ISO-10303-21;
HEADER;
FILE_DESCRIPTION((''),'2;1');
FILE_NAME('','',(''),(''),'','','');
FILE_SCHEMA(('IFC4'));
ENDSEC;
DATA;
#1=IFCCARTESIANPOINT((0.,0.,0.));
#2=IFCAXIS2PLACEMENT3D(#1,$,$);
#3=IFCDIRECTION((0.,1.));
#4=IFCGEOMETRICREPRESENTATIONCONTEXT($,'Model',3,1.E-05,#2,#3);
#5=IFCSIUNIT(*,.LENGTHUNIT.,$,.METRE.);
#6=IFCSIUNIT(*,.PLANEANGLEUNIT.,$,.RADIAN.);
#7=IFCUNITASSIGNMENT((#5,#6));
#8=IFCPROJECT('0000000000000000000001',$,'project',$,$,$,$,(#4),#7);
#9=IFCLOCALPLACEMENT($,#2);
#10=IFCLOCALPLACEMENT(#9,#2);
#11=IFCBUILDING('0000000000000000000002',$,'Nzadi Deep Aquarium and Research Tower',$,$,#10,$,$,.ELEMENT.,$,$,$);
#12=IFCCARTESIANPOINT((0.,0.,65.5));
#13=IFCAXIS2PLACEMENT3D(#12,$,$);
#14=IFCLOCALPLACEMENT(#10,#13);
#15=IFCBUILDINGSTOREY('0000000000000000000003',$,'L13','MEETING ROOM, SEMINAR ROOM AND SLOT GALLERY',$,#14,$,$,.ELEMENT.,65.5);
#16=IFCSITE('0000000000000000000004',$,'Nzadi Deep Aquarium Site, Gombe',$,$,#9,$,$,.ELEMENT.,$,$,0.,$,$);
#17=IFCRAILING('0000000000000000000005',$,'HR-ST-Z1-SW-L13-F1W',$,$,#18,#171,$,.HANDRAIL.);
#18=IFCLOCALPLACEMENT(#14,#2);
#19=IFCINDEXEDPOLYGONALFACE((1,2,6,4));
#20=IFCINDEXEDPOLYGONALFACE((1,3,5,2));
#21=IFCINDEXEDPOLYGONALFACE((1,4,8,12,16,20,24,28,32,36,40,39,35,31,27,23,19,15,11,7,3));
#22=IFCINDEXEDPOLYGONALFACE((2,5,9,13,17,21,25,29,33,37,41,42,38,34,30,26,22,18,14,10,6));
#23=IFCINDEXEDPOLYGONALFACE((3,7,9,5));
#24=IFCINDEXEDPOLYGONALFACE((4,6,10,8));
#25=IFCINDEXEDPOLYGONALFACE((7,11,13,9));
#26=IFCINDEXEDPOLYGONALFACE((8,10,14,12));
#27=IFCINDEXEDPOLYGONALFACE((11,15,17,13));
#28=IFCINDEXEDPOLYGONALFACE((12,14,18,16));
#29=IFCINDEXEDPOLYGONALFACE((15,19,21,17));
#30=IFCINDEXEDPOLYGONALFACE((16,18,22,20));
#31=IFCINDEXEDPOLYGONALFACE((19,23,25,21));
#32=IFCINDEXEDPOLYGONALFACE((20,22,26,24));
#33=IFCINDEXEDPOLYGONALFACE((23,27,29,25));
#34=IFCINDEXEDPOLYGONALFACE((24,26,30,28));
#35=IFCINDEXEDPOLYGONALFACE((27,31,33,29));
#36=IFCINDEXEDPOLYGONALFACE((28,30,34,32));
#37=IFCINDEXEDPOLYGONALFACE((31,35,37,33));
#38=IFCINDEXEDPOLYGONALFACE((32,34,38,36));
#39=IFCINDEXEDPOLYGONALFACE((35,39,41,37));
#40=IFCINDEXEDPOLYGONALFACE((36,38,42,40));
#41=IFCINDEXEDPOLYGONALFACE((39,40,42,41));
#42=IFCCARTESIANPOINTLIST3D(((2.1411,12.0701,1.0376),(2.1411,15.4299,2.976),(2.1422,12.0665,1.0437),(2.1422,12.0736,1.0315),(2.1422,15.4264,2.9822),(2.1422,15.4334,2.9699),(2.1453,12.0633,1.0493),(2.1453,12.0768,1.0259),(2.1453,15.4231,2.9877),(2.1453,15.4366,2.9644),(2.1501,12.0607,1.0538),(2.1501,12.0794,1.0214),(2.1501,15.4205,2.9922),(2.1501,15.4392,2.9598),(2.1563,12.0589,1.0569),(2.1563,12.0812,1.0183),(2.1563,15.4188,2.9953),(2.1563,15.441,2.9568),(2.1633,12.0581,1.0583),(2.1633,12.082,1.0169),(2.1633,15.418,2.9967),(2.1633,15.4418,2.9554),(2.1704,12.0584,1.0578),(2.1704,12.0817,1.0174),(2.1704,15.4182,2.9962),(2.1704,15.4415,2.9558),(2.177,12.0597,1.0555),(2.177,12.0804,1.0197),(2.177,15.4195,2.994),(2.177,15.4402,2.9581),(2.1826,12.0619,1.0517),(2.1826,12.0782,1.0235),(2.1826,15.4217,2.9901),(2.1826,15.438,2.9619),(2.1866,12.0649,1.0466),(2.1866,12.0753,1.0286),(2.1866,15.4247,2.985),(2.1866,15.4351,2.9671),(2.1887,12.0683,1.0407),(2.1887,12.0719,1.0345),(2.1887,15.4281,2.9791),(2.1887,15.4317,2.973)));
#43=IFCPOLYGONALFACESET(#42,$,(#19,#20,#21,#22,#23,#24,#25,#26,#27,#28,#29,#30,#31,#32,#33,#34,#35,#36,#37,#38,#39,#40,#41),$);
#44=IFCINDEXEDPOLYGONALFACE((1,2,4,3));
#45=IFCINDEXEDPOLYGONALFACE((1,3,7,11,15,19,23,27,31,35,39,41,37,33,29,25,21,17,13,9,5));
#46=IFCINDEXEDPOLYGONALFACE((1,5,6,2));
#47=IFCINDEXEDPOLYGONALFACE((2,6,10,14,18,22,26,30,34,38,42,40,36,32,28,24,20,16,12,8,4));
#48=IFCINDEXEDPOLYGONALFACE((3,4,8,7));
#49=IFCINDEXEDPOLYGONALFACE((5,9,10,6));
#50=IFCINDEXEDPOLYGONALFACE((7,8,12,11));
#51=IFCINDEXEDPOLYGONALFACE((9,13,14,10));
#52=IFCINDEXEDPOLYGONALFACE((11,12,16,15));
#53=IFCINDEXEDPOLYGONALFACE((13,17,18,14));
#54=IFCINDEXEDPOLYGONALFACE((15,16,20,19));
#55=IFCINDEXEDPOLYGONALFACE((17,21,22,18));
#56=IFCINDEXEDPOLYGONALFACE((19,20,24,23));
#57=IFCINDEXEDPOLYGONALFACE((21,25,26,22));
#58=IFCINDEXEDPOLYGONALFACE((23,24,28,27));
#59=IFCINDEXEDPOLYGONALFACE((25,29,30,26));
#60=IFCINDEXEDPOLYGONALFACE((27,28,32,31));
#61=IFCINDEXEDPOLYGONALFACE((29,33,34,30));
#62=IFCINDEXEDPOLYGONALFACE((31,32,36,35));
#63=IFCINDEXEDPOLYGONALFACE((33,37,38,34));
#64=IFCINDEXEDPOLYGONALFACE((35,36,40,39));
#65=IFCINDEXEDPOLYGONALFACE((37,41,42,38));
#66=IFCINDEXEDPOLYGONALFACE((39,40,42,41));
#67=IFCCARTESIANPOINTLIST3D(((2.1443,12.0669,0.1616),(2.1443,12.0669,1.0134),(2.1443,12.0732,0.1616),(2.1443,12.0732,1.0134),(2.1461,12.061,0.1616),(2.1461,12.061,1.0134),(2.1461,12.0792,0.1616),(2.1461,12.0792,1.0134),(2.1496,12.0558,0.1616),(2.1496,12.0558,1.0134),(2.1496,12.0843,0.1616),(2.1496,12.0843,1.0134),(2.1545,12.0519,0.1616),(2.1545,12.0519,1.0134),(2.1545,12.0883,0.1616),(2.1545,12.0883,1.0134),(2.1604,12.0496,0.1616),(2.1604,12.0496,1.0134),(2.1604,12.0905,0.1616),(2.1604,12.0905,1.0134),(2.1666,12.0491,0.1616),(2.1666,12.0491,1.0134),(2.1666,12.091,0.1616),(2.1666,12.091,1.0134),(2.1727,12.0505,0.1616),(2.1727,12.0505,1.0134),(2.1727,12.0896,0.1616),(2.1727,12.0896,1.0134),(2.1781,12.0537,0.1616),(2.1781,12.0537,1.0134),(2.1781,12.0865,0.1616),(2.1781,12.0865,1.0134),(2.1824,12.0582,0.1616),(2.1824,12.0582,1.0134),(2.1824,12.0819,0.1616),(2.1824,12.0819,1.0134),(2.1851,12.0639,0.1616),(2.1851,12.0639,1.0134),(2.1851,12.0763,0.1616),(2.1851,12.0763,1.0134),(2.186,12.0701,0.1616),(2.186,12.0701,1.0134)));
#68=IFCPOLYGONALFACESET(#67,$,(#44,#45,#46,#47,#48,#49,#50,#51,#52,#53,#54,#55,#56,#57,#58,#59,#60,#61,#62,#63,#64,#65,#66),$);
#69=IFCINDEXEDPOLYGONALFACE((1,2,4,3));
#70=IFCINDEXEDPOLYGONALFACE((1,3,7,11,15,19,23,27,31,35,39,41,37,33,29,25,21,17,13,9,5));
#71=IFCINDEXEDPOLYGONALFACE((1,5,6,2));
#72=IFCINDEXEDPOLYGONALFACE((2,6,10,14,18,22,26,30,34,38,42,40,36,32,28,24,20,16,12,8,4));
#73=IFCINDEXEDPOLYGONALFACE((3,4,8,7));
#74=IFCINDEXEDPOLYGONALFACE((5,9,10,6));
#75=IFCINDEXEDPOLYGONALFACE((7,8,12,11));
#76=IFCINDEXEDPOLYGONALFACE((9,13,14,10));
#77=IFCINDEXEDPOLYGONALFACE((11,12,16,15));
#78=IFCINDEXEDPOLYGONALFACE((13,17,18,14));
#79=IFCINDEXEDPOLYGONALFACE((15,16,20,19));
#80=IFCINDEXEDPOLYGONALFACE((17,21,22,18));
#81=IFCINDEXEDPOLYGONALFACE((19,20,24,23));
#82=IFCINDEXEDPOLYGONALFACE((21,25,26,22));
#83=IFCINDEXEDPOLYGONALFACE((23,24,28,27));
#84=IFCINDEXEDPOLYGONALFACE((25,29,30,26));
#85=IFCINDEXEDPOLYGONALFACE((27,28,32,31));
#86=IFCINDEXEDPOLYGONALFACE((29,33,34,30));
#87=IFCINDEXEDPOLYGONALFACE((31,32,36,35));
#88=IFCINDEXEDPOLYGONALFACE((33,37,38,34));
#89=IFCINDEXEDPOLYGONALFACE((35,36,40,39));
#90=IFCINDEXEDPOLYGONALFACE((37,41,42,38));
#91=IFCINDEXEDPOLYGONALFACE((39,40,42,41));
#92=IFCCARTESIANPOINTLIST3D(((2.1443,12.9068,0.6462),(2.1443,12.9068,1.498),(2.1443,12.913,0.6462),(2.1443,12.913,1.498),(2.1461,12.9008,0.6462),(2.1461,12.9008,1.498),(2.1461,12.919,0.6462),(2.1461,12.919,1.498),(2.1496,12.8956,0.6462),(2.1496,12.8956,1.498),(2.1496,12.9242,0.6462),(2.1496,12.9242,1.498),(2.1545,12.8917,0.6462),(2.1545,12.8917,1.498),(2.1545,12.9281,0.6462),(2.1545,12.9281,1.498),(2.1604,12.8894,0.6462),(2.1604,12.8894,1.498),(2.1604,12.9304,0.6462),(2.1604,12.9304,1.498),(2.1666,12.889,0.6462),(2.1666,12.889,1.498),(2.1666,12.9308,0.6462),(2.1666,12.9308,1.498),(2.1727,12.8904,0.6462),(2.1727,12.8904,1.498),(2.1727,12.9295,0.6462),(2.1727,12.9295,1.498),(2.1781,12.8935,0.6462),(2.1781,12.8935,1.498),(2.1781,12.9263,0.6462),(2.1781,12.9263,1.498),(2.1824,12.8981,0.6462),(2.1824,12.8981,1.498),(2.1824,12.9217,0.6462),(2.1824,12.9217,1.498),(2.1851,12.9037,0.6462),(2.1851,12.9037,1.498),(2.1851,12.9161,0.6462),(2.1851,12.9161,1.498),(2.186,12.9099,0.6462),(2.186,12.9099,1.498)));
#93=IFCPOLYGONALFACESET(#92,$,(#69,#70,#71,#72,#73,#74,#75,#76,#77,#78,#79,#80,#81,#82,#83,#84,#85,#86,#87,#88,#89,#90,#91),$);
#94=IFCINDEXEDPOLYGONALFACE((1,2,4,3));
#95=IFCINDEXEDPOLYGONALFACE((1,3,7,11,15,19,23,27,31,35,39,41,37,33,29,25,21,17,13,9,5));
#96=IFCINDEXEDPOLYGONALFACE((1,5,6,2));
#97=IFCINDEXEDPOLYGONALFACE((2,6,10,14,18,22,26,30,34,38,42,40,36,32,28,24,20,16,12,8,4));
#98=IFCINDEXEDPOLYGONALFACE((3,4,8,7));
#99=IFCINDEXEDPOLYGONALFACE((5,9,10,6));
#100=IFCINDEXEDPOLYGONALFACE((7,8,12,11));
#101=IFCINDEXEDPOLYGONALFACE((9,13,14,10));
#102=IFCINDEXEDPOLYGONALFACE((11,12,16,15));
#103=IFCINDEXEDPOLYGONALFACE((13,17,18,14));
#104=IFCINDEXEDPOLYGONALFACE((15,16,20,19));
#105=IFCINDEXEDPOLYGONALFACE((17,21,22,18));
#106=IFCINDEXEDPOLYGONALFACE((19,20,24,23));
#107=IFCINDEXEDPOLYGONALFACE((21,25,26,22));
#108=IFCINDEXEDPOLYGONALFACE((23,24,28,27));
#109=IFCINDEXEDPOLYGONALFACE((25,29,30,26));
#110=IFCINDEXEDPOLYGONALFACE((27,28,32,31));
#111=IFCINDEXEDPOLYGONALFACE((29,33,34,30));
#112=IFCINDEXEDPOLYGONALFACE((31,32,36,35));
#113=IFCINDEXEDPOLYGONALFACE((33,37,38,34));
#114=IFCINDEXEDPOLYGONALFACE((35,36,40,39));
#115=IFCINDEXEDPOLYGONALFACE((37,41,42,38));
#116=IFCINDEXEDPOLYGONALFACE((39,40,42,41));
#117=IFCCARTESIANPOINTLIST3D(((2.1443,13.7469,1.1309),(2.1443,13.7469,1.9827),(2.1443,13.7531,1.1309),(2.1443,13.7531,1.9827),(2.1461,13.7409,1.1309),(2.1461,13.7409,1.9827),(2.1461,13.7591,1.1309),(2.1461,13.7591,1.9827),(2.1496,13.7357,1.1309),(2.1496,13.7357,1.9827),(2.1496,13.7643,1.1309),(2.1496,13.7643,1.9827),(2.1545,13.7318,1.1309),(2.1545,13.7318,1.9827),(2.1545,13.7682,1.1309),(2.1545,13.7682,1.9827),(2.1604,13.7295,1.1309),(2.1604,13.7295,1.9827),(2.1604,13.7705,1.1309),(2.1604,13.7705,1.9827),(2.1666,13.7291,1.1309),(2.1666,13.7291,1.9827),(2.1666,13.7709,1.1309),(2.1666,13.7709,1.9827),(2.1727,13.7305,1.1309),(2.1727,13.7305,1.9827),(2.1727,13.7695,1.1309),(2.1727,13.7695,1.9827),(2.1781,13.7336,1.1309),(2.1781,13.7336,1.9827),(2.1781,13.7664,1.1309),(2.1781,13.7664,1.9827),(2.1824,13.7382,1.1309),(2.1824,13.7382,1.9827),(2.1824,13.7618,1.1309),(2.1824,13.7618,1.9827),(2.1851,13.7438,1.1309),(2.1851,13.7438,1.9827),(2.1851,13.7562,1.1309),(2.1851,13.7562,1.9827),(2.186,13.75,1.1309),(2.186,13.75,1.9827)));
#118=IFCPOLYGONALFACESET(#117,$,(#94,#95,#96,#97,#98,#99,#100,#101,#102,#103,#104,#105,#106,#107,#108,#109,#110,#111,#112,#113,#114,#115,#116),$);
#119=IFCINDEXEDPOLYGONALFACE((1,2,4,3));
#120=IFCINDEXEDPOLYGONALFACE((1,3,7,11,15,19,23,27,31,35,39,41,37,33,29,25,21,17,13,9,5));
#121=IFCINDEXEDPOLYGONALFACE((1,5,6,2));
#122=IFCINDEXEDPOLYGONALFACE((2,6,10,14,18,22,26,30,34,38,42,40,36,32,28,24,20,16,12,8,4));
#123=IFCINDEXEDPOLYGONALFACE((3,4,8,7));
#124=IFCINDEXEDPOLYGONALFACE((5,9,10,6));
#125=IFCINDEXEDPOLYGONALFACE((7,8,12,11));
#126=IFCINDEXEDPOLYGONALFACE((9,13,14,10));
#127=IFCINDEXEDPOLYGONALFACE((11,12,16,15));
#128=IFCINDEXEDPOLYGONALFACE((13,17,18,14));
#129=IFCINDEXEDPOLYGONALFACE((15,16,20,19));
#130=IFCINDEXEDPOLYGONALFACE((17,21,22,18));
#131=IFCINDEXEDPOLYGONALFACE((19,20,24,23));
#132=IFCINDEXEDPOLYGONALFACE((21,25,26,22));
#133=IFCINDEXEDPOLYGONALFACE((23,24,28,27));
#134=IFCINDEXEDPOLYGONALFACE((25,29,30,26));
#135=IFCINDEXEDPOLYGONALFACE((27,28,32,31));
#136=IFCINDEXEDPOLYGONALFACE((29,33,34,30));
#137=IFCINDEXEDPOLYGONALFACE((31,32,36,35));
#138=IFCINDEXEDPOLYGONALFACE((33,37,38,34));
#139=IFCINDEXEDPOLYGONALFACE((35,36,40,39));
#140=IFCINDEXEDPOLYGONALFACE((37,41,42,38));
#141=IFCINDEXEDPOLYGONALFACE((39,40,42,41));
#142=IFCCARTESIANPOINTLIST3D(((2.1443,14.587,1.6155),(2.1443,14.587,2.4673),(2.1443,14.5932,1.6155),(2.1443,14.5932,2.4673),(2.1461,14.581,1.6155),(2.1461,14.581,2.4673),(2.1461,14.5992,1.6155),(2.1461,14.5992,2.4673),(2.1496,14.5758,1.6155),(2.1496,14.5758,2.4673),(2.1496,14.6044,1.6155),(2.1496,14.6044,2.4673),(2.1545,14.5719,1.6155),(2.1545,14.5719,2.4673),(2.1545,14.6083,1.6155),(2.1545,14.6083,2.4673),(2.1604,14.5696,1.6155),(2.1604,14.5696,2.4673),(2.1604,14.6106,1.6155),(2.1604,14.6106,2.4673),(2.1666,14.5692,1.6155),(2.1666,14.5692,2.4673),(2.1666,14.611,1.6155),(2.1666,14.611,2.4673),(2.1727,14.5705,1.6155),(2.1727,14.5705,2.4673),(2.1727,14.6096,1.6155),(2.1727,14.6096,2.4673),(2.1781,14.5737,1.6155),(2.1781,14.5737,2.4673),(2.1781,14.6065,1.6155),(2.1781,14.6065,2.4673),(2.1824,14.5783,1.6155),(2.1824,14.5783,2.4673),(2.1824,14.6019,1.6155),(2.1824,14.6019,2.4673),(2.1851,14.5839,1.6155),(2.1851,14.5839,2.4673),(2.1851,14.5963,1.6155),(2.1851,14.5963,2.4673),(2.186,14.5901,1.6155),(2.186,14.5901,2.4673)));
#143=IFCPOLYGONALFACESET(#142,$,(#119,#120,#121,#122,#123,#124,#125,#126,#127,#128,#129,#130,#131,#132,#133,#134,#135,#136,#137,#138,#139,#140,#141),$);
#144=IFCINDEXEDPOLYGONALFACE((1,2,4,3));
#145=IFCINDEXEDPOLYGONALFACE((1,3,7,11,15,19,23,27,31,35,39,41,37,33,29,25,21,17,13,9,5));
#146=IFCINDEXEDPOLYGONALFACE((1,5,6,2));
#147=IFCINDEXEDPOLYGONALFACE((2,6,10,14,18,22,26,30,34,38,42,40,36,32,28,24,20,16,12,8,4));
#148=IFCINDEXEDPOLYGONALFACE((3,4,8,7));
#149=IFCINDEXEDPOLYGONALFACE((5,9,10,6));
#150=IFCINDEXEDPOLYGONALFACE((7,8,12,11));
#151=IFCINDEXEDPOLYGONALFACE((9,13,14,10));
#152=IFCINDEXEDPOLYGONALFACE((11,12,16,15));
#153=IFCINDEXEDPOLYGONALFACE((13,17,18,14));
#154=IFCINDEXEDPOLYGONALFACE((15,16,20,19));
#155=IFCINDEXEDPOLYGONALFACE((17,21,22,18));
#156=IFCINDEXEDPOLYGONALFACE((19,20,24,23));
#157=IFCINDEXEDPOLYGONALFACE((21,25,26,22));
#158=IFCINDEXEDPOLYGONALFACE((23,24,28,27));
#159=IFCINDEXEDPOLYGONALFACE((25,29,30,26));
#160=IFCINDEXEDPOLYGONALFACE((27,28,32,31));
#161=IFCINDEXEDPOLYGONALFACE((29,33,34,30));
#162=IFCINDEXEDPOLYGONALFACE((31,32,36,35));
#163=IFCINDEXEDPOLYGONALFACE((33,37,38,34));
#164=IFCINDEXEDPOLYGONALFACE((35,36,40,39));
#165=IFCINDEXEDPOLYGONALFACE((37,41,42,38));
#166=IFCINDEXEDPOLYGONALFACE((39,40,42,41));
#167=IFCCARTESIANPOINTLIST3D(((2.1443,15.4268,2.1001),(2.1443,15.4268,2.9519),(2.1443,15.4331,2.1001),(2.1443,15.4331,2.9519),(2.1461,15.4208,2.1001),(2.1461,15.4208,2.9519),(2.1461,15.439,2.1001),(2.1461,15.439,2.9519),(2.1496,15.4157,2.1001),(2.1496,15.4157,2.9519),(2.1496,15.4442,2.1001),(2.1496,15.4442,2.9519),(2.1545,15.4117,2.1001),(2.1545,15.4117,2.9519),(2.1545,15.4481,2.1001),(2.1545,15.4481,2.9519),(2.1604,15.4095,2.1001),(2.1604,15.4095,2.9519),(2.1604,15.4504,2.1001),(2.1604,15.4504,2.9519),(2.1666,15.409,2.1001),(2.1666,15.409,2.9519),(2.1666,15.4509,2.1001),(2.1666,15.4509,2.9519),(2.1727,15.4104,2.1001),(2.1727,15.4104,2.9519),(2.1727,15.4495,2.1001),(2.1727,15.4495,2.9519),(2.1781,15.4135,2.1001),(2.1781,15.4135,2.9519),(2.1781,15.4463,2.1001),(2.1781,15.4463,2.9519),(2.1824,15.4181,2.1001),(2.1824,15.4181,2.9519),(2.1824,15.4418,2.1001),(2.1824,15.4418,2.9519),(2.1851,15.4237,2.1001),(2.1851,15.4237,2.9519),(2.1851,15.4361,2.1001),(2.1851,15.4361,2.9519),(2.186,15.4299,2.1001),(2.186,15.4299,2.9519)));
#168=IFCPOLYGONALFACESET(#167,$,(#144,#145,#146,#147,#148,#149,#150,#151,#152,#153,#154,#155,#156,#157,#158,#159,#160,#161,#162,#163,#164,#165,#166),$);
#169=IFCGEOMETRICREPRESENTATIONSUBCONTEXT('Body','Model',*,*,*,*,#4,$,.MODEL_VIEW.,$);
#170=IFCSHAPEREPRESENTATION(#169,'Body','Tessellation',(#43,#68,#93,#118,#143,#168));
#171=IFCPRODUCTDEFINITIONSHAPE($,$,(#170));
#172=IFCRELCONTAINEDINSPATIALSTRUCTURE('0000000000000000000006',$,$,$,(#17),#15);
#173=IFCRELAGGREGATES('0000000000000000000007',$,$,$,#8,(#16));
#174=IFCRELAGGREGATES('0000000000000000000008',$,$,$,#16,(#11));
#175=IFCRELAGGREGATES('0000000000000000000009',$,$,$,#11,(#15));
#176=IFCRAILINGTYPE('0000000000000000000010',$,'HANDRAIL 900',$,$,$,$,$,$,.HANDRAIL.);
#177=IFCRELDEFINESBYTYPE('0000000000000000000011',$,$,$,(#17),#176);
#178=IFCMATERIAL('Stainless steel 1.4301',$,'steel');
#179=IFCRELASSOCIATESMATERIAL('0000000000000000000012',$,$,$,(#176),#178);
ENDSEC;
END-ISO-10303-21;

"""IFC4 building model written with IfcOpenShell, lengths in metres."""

from ifc_helpers import new_model, si_unit, direction, frame, origin, origin_2d, place, context, subcontext, project, spatial, circle, extrude, material, type_object, element, save


model = new_model("IFC4")

# Units and contexts
model_context = context("Model", 3, precision=1e-05, world=origin(), true_north=direction((0.0, 1.0)))
body_context = subcontext(model_context, "Body", "Model", "MODEL_VIEW")
ifc_project = project(units=[si_unit("LENGTHUNIT", "METRE"), si_unit("PLANEANGLEUNIT", "RADIAN")], contexts=[model_context])

# Site, building, storey
site_placement = place(None, origin())
site = spatial("IfcSite", under=ifc_project, at=site_placement, Name="Nzadi Deep Aquarium Site, Gombe", CompositionType="ELEMENT", RefElevation=0.0)
building_placement = place(site_placement, origin())
building = spatial("IfcBuilding", under=site, at=building_placement, Name="Nzadi Deep Aquarium and Research Tower", CompositionType="ELEMENT")
storey_placement = place(building_placement, frame((0.0, 0.0, 65.5)))
storey = spatial("IfcBuildingStorey", under=building, at=storey_placement, Name="L13", Description="MEETING ROOM, SEMINAR ROOM AND SLOT GALLERY", CompositionType="ELEMENT", Elevation=65.5)

# Railing
ifc_material_1 = material(Name="Stainless steel 1.4301", Category="steel")
railing_type = type_object("IfcRailingType", Name="HANDRAIL 900", PredefinedType="HANDRAIL", material=ifc_material_1)
for number, where, name in (
    (1, (2.165, 12.0701, 0.1616), "HR-ST-Z1-SW-L13-F1W"),
):
    element("IfcRailing", number, at=place(storey_placement, frame(where)), inside=storey, type_object=railing_type, Name=name, PredefinedType="HANDRAIL", context=body_context, shape_type="SweptSolid", body=[
        extrude(circle(Radius=0.0239, at=origin_2d()), frame((0.0, 0.0, 0.876), z_axis=(0.0, 0.866175, 0.499741), x_axis=(-1.0, 0.0, 0.0)), (0.0, 0.0, 1.0), 3.8789),
        extrude(circle(Radius=0.021, at=origin_2d()), origin(), (0.0, 0.0, 1.0), 0.8518),
        extrude(circle(Radius=0.021, at=origin_2d()), frame((0.0, 0.8398, 0.4846)), (0.0, 0.0, 1.0), 0.8518),
        extrude(circle(Radius=0.021, at=origin_2d()), frame((0.0, 1.6799, 0.9692)), (0.0, 0.0, 1.0), 0.8518),
        extrude(circle(Radius=0.021, at=origin_2d()), frame((0.0, 2.52, 1.4539)), (0.0, 0.0, 1.0), 0.8518),
        extrude(circle(Radius=0.021, at=origin_2d()), frame((0.0, 3.3599, 1.9385)), (0.0, 0.0, 1.0), 0.8518),
    ])

save(model, "model.ifc")
